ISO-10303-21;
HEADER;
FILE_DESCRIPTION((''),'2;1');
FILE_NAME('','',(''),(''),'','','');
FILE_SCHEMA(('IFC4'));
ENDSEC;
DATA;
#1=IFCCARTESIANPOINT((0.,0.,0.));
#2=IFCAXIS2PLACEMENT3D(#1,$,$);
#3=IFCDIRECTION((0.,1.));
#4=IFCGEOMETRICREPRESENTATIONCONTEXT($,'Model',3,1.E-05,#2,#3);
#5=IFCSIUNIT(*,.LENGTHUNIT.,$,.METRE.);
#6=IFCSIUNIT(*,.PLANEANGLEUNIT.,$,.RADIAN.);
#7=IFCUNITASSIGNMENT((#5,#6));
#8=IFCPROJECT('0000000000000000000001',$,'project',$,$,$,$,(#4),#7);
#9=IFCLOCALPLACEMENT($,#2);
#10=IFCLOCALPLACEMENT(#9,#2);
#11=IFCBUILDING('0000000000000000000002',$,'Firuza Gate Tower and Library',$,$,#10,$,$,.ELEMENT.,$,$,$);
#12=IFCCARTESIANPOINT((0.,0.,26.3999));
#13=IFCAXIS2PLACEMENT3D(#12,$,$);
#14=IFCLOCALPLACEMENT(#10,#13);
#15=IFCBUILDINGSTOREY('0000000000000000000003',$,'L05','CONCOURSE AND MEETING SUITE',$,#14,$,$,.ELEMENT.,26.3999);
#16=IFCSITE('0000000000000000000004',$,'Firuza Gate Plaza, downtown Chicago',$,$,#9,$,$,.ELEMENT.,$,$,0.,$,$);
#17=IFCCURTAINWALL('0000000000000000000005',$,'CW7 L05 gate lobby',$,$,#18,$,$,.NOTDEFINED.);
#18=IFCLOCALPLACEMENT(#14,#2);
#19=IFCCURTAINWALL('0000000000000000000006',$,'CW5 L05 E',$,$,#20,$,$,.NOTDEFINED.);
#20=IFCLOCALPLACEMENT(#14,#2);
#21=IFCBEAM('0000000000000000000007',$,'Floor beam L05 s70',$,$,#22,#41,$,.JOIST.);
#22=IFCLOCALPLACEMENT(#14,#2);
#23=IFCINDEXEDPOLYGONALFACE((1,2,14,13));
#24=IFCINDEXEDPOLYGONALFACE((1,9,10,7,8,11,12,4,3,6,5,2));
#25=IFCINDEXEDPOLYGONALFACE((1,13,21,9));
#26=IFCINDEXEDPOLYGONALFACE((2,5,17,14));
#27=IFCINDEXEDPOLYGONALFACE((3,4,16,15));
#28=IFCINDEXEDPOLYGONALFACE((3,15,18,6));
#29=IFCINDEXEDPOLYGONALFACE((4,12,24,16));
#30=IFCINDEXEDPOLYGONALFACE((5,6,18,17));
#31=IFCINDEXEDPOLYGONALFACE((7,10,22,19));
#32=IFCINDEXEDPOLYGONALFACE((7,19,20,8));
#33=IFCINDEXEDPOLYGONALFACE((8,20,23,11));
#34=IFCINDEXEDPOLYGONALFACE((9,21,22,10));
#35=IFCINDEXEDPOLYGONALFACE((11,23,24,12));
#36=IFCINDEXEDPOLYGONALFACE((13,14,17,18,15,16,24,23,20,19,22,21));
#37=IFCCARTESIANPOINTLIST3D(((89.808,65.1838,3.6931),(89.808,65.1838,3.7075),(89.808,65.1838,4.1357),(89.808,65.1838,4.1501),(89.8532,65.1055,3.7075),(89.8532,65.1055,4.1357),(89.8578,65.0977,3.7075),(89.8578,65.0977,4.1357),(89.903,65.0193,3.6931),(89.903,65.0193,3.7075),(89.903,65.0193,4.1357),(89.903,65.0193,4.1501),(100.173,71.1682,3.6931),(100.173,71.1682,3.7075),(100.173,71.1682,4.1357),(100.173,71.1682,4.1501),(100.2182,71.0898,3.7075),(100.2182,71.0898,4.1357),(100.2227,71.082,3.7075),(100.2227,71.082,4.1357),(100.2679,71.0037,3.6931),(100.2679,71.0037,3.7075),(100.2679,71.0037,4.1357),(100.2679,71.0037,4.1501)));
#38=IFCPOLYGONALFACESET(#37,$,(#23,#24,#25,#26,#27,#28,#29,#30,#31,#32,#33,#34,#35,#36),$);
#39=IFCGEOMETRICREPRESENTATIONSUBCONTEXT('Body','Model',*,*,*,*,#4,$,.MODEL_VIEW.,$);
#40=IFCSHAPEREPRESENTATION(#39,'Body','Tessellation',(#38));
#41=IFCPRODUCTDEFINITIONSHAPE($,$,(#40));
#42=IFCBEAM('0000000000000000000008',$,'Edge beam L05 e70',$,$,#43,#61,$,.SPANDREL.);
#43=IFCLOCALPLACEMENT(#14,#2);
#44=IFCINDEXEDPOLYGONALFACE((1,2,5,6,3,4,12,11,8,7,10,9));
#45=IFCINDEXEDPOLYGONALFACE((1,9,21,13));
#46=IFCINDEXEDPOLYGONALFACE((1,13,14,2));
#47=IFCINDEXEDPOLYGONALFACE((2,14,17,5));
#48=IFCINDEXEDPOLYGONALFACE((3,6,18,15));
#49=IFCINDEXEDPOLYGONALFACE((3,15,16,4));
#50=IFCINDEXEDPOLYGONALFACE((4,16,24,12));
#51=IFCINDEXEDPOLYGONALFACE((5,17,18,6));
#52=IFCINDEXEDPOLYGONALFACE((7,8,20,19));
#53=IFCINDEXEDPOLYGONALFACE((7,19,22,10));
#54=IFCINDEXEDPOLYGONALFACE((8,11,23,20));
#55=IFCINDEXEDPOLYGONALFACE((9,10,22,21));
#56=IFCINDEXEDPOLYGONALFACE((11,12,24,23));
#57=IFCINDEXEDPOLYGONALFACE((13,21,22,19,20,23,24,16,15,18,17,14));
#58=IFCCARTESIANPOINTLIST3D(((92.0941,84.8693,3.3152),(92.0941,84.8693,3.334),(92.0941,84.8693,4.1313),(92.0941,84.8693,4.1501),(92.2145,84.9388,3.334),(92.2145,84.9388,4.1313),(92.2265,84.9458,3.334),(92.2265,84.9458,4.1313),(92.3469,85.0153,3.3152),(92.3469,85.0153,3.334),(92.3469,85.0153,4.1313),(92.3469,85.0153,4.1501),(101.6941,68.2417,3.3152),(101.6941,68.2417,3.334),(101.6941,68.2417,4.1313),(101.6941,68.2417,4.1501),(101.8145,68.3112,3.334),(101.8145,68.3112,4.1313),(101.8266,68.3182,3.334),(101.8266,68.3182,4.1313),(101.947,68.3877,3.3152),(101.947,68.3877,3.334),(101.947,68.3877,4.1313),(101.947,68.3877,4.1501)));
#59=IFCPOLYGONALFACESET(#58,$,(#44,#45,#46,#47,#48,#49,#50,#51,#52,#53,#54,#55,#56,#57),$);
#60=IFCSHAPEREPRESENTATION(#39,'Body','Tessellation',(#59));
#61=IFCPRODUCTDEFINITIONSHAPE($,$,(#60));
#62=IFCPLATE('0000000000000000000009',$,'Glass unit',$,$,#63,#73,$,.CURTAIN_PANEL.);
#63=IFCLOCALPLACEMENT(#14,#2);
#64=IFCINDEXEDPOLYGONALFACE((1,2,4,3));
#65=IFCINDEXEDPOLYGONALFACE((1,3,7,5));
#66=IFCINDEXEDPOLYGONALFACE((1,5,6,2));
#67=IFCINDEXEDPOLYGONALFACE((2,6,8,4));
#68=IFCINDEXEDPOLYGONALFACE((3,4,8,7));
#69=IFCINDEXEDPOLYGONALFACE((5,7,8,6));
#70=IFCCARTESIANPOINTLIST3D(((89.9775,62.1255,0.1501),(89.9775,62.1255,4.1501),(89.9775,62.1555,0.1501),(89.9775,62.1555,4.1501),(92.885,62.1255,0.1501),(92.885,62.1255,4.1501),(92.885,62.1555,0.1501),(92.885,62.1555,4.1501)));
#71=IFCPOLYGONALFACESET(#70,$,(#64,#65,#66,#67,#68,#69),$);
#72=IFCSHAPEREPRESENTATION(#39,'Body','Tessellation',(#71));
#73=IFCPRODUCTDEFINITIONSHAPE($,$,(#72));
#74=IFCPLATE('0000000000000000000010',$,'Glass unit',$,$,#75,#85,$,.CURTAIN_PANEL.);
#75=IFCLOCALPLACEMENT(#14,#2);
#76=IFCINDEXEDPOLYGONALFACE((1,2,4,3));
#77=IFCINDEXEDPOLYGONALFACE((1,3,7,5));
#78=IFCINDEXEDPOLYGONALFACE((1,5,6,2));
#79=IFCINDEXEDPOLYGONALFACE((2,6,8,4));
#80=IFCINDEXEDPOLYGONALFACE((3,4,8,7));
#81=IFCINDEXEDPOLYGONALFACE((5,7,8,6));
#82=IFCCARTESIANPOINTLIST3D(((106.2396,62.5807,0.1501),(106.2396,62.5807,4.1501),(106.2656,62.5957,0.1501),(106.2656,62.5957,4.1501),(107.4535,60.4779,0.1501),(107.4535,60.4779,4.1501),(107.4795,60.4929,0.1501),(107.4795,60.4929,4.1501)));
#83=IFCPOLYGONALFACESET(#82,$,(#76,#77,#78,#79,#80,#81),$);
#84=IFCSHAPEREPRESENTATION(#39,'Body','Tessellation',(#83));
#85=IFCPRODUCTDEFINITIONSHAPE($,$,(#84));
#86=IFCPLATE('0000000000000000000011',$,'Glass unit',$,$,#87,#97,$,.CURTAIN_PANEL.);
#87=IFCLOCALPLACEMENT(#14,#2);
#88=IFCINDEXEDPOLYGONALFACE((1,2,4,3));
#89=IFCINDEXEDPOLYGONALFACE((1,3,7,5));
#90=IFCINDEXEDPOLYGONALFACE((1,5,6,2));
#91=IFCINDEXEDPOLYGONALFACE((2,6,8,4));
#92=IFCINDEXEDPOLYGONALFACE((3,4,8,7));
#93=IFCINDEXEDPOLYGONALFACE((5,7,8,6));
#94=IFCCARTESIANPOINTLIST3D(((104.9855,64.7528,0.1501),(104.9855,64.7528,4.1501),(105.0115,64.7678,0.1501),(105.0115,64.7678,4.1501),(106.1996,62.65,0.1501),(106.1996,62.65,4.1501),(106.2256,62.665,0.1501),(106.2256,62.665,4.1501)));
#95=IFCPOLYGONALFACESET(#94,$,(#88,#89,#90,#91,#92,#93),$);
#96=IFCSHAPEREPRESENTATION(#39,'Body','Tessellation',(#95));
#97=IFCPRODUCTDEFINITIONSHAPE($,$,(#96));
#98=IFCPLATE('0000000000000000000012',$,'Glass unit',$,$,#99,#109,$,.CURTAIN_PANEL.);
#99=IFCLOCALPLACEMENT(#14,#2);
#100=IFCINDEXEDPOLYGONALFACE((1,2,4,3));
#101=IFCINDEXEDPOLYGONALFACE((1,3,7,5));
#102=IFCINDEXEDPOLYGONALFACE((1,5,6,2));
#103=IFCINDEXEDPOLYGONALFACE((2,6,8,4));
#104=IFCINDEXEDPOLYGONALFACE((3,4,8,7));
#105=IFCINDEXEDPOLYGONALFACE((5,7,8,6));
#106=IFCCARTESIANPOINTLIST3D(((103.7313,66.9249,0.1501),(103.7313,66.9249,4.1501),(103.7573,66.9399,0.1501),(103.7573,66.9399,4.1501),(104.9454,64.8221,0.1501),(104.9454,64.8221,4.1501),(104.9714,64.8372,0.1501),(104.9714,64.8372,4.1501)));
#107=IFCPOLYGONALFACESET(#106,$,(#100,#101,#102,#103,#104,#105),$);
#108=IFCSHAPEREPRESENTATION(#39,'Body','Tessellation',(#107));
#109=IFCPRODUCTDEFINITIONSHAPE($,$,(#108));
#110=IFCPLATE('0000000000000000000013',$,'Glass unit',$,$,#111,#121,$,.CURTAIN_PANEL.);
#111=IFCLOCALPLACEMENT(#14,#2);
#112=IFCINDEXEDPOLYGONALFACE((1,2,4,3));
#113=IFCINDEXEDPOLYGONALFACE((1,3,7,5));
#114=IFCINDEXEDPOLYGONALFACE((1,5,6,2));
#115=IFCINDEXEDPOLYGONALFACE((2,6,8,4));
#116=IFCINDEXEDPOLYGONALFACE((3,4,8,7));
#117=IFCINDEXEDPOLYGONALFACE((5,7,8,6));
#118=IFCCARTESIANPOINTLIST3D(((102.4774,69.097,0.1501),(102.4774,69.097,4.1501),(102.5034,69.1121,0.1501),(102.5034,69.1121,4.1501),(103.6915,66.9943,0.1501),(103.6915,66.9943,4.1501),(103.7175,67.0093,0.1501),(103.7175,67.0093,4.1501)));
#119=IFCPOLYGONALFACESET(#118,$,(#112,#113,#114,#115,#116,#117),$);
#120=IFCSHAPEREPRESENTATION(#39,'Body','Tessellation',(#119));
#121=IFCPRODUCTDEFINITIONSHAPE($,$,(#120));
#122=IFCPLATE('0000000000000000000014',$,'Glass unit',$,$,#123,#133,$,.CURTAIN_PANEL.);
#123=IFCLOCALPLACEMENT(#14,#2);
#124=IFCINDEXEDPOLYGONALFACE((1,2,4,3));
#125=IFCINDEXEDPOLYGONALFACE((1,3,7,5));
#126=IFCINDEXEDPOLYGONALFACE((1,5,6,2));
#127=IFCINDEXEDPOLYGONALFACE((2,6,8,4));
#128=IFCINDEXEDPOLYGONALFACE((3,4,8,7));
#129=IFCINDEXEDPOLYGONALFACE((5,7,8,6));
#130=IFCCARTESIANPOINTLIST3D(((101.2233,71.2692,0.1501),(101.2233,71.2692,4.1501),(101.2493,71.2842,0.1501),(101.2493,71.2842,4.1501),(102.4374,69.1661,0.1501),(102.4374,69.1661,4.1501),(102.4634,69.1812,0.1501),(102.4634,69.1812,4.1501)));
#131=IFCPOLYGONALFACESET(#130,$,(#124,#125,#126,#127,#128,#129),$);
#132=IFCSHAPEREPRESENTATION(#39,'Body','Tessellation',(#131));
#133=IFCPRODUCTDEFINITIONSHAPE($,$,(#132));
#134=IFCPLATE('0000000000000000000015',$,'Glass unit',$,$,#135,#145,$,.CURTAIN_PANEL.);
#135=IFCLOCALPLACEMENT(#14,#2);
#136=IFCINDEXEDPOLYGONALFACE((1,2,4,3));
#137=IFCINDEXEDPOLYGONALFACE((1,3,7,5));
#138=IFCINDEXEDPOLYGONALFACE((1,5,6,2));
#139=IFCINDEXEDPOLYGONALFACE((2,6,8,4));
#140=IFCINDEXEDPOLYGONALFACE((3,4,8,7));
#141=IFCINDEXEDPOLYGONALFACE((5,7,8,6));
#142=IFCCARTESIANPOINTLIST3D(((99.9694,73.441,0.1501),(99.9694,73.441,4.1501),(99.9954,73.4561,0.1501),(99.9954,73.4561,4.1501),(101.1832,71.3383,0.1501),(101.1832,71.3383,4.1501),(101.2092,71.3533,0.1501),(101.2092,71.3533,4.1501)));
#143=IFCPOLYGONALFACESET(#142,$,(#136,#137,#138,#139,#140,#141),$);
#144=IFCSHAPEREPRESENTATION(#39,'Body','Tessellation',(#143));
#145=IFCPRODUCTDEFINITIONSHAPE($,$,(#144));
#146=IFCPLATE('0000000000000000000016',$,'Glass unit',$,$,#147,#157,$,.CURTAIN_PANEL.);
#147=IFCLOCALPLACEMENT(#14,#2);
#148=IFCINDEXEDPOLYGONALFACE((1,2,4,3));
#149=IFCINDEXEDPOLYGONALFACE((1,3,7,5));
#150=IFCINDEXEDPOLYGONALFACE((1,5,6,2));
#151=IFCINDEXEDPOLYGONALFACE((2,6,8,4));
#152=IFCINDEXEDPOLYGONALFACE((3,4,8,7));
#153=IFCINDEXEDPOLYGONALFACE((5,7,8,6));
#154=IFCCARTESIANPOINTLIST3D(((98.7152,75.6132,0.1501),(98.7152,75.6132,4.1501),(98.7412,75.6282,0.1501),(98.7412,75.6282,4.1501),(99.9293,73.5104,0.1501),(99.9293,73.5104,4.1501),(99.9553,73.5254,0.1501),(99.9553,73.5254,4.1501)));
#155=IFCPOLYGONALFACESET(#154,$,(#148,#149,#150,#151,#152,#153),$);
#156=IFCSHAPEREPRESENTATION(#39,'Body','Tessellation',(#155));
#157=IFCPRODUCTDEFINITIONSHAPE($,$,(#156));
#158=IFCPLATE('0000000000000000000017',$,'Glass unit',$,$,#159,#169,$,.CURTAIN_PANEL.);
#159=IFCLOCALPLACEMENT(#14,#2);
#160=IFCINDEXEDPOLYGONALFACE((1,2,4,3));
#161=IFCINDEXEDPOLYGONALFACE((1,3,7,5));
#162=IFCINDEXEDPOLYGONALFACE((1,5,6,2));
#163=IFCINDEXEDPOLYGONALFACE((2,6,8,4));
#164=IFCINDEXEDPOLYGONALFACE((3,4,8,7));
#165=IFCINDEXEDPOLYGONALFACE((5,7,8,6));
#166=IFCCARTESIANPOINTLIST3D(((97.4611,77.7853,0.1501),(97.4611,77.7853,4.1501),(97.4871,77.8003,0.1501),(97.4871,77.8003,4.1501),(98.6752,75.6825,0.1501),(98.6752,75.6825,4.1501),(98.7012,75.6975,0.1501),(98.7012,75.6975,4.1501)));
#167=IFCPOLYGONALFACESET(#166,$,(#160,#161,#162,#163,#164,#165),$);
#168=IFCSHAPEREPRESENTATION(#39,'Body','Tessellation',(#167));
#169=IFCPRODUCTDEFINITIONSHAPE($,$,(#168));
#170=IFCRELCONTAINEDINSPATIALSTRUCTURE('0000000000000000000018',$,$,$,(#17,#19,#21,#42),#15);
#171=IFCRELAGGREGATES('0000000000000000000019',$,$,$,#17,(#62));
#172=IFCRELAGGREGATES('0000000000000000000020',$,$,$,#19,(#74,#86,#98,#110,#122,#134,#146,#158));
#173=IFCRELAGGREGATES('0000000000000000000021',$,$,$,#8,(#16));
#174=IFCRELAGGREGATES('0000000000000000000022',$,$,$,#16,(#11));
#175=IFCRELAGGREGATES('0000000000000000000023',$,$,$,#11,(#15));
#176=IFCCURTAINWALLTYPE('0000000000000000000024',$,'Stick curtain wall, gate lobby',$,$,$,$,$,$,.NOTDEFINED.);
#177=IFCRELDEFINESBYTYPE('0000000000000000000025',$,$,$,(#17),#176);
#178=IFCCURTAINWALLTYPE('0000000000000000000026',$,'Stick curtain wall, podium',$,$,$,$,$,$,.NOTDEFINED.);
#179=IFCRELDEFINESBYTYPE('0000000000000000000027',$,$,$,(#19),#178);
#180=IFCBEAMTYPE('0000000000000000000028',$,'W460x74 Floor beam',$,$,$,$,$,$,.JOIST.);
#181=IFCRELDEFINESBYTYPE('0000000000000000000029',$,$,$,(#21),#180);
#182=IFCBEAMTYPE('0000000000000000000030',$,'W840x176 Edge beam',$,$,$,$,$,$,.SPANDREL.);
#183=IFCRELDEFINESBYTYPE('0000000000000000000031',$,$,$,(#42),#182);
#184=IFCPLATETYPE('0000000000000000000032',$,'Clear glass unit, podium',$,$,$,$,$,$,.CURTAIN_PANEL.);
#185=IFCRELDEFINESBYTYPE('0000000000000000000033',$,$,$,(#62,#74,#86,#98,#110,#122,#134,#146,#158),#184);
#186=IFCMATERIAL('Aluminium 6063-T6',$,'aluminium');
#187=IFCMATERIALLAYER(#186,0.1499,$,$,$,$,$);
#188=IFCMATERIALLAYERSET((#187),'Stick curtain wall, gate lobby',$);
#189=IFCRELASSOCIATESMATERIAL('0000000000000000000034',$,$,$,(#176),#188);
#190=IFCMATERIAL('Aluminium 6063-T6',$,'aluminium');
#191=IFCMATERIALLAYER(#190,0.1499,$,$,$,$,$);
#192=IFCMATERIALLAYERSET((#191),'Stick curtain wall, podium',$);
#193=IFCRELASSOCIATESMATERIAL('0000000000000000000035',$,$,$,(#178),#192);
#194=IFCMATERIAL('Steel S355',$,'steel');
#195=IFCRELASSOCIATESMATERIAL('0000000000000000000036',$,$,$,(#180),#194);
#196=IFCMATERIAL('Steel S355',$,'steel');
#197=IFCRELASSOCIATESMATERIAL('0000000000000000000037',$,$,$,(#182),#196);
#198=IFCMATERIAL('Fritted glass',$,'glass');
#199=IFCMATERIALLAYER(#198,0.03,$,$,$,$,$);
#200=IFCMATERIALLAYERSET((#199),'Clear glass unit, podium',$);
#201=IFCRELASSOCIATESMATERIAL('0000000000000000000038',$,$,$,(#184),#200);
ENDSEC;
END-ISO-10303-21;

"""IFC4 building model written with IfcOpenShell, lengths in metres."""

from ifc_helpers import new_model, si_unit, direction, frame, origin, origin_2d, place, context, subcontext, project, spatial, polyline, i_section, outline, extrude, material, layer, layer_set, material_profile, profile_set, type_object, element, aggregate, save


model = new_model("IFC4")

# Units and contexts
model_context = context("Model", 3, precision=1e-05, world=origin(), true_north=direction((0.0, 1.0)))
body_context = subcontext(model_context, "Body", "Model", "MODEL_VIEW")
ifc_project = project(units=[si_unit("LENGTHUNIT", "METRE"), si_unit("PLANEANGLEUNIT", "RADIAN")], contexts=[model_context])

# Site, building, storey
site_placement = place(None, origin())
site = spatial("IfcSite", under=ifc_project, at=site_placement, Name="Firuza Gate Plaza, downtown Chicago", CompositionType="ELEMENT", RefElevation=0.0)
building_placement = place(site_placement, origin())
building = spatial("IfcBuilding", under=site, at=building_placement, Name="Firuza Gate Tower and Library", CompositionType="ELEMENT")
storey_placement = place(building_placement, frame((0.0, 0.0, 26.3999)))
storey = spatial("IfcBuildingStorey", under=building, at=storey_placement, Name="L05", Description="CONCOURSE AND MEETING SUITE", CompositionType="ELEMENT", Elevation=26.3999)

# Curtain walls
ifc_material_1 = material(Name="Aluminium 6063-T6", Category="aluminium")
ifc_layer_1 = layer(ifc_material_1, 0.1499)
ifc_layer_set_1 = layer_set([ifc_layer_1], Name="Stick curtain wall, gate lobby")
curtain_wall_type_1 = type_object("IfcCurtainWallType", Name="Stick curtain wall, gate lobby", PredefinedType="NOTDEFINED", material=ifc_layer_set_1)
placement = place(storey_placement, origin())
curtain_wall_1 = element("IfcCurtainWall", 1, at=placement, inside=storey, type_object=curtain_wall_type_1, Name="CW7 L05 gate lobby", PredefinedType="NOTDEFINED")
ifc_material_2 = material(Name="Aluminium 6063-T6", Category="aluminium")
ifc_layer_2 = layer(ifc_material_2, 0.1499)
ifc_layer_set_2 = layer_set([ifc_layer_2], Name="Stick curtain wall, podium")
curtain_wall_type_2 = type_object("IfcCurtainWallType", Name="Stick curtain wall, podium", PredefinedType="NOTDEFINED", material=ifc_layer_set_2)
curtain_wall_2 = element("IfcCurtainWall", 2, at=placement, inside=storey, type_object=curtain_wall_type_2, Name="CW5 L05 E", PredefinedType="NOTDEFINED")

# Beams
ifc_material_3 = material(Name="Steel S355", Category="steel")
ifc_material_profile_1 = material_profile(ifc_material_3, i_section(OverallWidth=0.1899, OverallDepth=0.457, WebThickness=0.009, FlangeThickness=0.0144, at=origin_2d()))
ifc_profile_set_1 = profile_set([ifc_material_profile_1], Name="Steel S355")
beam_type_1 = type_object("IfcBeamType", Name="W460x74 Floor beam", PredefinedType="JOIST", material=ifc_profile_set_1)
beam_1_placement = place(storey_placement, frame((100.2205, 71.0859, 3.9216), z_axis=(-0.86602, -0.500009, 0.0), x_axis=(0.500009, -0.86602, 0.0)))
element("IfcBeam", 3, at=beam_1_placement, inside=storey, type_object=beam_type_1, Name="Floor beam L05 s70", PredefinedType="JOIST", context=body_context, shape_type="SweptSolid", body=[
    extrude(i_section(OverallWidth=0.1899, OverallDepth=0.457, WebThickness=0.009, FlangeThickness=0.0144, at=origin_2d()), origin(), (0.0, 0.0, 1.0), 11.9685),
])
ifc_material_4 = material(Name="Steel S355", Category="steel")
ifc_material_profile_2 = material_profile(ifc_material_4, i_section(OverallWidth=0.292, OverallDepth=0.835, WebThickness=0.0139, FlangeThickness=0.0188, at=origin_2d()))
ifc_profile_set_2 = profile_set([ifc_material_profile_2], Name="Steel S355")
beam_type_2 = type_object("IfcBeamType", Name="W840x176 Edge beam", PredefinedType="SPANDREL", material=ifc_profile_set_2)
beam_2_placement = place(storey_placement, frame((101.8206, 68.3147, 3.7327), z_axis=(-0.500004, 0.866023, 0.0), x_axis=(-0.866023, -0.500004, 0.0)))
element("IfcBeam", 4, at=beam_2_placement, inside=storey, type_object=beam_type_2, Name="Edge beam L05 e70", PredefinedType="SPANDREL", context=body_context, shape_type="SweptSolid", body=[
    extrude(i_section(OverallWidth=0.292, OverallDepth=0.835, WebThickness=0.0139, FlangeThickness=0.0188, at=origin_2d()), origin(), (0.0, 0.0, 1.0), 19.2),
])

# Plates
ifc_material_5 = material(Name="Fritted glass", Category="glass")
ifc_layer_3 = layer(ifc_material_5, 0.03)
ifc_layer_set_3 = layer_set([ifc_layer_3], Name="Clear glass unit, podium")
plate_type = type_object("IfcPlateType", Name="Clear glass unit, podium", PredefinedType="CURTAIN_PANEL", material=ifc_layer_set_3)
plate_1_placement = place(storey_placement, frame((89.9775, 62.1255, 0.1501), z_axis=(0.0, -1.0, 0.0), x_axis=(1.0, 0.0, 0.0)))
plate_1 = element("IfcPlate", 5, at=plate_1_placement, type_object=plate_type, Name="Glass unit", PredefinedType="CURTAIN_PANEL", context=body_context, shape_type="SweptSolid", body=[
    extrude(outline(polyline([(0.0, 0.0), (2.9075, 0.0), (2.9075, 4.0), (0.0, 4.0), (0.0, 0.0)])), origin(), (0.0, 0.0, -1.0), 0.03),
])
aggregate(curtain_wall_1, [plate_1])
plate_2_placement = place(storey_placement, frame((107.4795, 60.4929, 0.1501), z_axis=(0.866057, 0.499946, 0.0), x_axis=(-0.499946, 0.866057, 0.0)))
plate_2 = element("IfcPlate", 6, at=plate_2_placement, type_object=plate_type, Name="Glass unit", PredefinedType="CURTAIN_PANEL", context=body_context, shape_type="SweptSolid", body=[
    extrude(outline(polyline([(0.0, 0.0), (2.428, 0.0), (2.428, 4.0), (0.0, 4.0), (0.0, 0.0)])), origin(), (0.0, 0.0, -1.0), 0.03),
])
plate_3_placement = place(storey_placement, frame((106.2256, 62.665, 0.1501), z_axis=(0.866013, 0.500021, 0.0), x_axis=(-0.500021, 0.866013, 0.0)))
plate_3 = element("IfcPlate", 7, at=plate_3_placement, type_object=plate_type, Name="Glass unit", PredefinedType="CURTAIN_PANEL", context=body_context, shape_type="SweptSolid", body=[
    extrude(outline(polyline([(0.0, 0.0), (2.4281, 0.0), (2.4281, 4.0), (0.0, 4.0), (0.0, 0.0)])), origin(), (0.0, 0.0, -1.0), 0.03),
])
plate_4_placement = place(storey_placement, frame((104.9714, 64.8372, 0.1501), z_axis=(0.866013, 0.500021, 0.0), x_axis=(-0.500021, 0.866013, 0.0)))
plate_4 = element("IfcPlate", 8, at=plate_4_placement, type_object=plate_type, Name="Glass unit", PredefinedType="CURTAIN_PANEL", context=body_context, shape_type="SweptSolid", body=[
    extrude(outline(polyline([(0.0, 0.0), (2.4281, 0.0), (2.4281, 4.0), (0.0, 4.0), (0.0, 0.0)])), origin(), (0.0, 0.0, -1.0), 0.03),
])
plate_5_placement = place(storey_placement, frame((103.7175, 67.0093, 0.1501), z_axis=(0.866013, 0.500021, 0.0), x_axis=(-0.500021, 0.866013, 0.0)))
plate_5 = element("IfcPlate", 9, at=plate_5_placement, type_object=plate_type, Name="Glass unit", PredefinedType="CURTAIN_PANEL", context=body_context, shape_type="SweptSolid", body=[
    extrude(outline(polyline([(0.0, 0.0), (2.4281, 0.0), (2.4281, 4.0), (0.0, 4.0), (0.0, 0.0)])), origin(), (0.0, 0.0, -1.0), 0.03),
])
plate_6_placement = place(storey_placement, frame((102.4634, 69.1812, 0.1501), z_axis=(0.866038, 0.499978, 0.0), x_axis=(-0.499978, 0.866038, 0.0)))
plate_6 = element("IfcPlate", 10, at=plate_6_placement, type_object=plate_type, Name="Glass unit", PredefinedType="CURTAIN_PANEL", context=body_context, shape_type="SweptSolid", body=[
    extrude(outline(polyline([(0.0, 0.0), (2.4283, 0.0), (2.4283, 4.0), (0.0, 4.0), (0.0, 0.0)])), origin(), (0.0, 0.0, -1.0), 0.03),
])
plate_7_placement = place(storey_placement, frame((101.2092, 71.3533, 0.1501), z_axis=(0.866057, 0.499946, 0.0), x_axis=(-0.499946, 0.866057, 0.0)))
plate_7 = element("IfcPlate", 11, at=plate_7_placement, type_object=plate_type, Name="Glass unit", PredefinedType="CURTAIN_PANEL", context=body_context, shape_type="SweptSolid", body=[
    extrude(outline(polyline([(0.0, 0.0), (2.428, 0.0), (2.428, 4.0), (0.0, 4.0), (0.0, 0.0)])), origin(), (0.0, 0.0, -1.0), 0.03),
])
plate_8_placement = place(storey_placement, frame((99.9553, 73.5254, 0.1501), z_axis=(0.866013, 0.500021, 0.0), x_axis=(-0.500021, 0.866013, 0.0)))
plate_8 = element("IfcPlate", 12, at=plate_8_placement, type_object=plate_type, Name="Glass unit", PredefinedType="CURTAIN_PANEL", context=body_context, shape_type="SweptSolid", body=[
    extrude(outline(polyline([(0.0, 0.0), (2.4281, 0.0), (2.4281, 4.0), (0.0, 4.0), (0.0, 0.0)])), origin(), (0.0, 0.0, -1.0), 0.03),
])
plate_9_placement = place(storey_placement, frame((98.7012, 75.6975, 0.1501), z_axis=(0.866013, 0.500021, 0.0), x_axis=(-0.500021, 0.866013, 0.0)))
plate_9 = element("IfcPlate", 13, at=plate_9_placement, type_object=plate_type, Name="Glass unit", PredefinedType="CURTAIN_PANEL", context=body_context, shape_type="SweptSolid", body=[
    extrude(outline(polyline([(0.0, 0.0), (2.4281, 0.0), (2.4281, 4.0), (0.0, 4.0), (0.0, 0.0)])), origin(), (0.0, 0.0, -1.0), 0.03),
])
aggregate(curtain_wall_2, [plate_2, plate_3, plate_4, plate_5, plate_6, plate_7, plate_8, plate_9])

save(model, "model.ifc")
